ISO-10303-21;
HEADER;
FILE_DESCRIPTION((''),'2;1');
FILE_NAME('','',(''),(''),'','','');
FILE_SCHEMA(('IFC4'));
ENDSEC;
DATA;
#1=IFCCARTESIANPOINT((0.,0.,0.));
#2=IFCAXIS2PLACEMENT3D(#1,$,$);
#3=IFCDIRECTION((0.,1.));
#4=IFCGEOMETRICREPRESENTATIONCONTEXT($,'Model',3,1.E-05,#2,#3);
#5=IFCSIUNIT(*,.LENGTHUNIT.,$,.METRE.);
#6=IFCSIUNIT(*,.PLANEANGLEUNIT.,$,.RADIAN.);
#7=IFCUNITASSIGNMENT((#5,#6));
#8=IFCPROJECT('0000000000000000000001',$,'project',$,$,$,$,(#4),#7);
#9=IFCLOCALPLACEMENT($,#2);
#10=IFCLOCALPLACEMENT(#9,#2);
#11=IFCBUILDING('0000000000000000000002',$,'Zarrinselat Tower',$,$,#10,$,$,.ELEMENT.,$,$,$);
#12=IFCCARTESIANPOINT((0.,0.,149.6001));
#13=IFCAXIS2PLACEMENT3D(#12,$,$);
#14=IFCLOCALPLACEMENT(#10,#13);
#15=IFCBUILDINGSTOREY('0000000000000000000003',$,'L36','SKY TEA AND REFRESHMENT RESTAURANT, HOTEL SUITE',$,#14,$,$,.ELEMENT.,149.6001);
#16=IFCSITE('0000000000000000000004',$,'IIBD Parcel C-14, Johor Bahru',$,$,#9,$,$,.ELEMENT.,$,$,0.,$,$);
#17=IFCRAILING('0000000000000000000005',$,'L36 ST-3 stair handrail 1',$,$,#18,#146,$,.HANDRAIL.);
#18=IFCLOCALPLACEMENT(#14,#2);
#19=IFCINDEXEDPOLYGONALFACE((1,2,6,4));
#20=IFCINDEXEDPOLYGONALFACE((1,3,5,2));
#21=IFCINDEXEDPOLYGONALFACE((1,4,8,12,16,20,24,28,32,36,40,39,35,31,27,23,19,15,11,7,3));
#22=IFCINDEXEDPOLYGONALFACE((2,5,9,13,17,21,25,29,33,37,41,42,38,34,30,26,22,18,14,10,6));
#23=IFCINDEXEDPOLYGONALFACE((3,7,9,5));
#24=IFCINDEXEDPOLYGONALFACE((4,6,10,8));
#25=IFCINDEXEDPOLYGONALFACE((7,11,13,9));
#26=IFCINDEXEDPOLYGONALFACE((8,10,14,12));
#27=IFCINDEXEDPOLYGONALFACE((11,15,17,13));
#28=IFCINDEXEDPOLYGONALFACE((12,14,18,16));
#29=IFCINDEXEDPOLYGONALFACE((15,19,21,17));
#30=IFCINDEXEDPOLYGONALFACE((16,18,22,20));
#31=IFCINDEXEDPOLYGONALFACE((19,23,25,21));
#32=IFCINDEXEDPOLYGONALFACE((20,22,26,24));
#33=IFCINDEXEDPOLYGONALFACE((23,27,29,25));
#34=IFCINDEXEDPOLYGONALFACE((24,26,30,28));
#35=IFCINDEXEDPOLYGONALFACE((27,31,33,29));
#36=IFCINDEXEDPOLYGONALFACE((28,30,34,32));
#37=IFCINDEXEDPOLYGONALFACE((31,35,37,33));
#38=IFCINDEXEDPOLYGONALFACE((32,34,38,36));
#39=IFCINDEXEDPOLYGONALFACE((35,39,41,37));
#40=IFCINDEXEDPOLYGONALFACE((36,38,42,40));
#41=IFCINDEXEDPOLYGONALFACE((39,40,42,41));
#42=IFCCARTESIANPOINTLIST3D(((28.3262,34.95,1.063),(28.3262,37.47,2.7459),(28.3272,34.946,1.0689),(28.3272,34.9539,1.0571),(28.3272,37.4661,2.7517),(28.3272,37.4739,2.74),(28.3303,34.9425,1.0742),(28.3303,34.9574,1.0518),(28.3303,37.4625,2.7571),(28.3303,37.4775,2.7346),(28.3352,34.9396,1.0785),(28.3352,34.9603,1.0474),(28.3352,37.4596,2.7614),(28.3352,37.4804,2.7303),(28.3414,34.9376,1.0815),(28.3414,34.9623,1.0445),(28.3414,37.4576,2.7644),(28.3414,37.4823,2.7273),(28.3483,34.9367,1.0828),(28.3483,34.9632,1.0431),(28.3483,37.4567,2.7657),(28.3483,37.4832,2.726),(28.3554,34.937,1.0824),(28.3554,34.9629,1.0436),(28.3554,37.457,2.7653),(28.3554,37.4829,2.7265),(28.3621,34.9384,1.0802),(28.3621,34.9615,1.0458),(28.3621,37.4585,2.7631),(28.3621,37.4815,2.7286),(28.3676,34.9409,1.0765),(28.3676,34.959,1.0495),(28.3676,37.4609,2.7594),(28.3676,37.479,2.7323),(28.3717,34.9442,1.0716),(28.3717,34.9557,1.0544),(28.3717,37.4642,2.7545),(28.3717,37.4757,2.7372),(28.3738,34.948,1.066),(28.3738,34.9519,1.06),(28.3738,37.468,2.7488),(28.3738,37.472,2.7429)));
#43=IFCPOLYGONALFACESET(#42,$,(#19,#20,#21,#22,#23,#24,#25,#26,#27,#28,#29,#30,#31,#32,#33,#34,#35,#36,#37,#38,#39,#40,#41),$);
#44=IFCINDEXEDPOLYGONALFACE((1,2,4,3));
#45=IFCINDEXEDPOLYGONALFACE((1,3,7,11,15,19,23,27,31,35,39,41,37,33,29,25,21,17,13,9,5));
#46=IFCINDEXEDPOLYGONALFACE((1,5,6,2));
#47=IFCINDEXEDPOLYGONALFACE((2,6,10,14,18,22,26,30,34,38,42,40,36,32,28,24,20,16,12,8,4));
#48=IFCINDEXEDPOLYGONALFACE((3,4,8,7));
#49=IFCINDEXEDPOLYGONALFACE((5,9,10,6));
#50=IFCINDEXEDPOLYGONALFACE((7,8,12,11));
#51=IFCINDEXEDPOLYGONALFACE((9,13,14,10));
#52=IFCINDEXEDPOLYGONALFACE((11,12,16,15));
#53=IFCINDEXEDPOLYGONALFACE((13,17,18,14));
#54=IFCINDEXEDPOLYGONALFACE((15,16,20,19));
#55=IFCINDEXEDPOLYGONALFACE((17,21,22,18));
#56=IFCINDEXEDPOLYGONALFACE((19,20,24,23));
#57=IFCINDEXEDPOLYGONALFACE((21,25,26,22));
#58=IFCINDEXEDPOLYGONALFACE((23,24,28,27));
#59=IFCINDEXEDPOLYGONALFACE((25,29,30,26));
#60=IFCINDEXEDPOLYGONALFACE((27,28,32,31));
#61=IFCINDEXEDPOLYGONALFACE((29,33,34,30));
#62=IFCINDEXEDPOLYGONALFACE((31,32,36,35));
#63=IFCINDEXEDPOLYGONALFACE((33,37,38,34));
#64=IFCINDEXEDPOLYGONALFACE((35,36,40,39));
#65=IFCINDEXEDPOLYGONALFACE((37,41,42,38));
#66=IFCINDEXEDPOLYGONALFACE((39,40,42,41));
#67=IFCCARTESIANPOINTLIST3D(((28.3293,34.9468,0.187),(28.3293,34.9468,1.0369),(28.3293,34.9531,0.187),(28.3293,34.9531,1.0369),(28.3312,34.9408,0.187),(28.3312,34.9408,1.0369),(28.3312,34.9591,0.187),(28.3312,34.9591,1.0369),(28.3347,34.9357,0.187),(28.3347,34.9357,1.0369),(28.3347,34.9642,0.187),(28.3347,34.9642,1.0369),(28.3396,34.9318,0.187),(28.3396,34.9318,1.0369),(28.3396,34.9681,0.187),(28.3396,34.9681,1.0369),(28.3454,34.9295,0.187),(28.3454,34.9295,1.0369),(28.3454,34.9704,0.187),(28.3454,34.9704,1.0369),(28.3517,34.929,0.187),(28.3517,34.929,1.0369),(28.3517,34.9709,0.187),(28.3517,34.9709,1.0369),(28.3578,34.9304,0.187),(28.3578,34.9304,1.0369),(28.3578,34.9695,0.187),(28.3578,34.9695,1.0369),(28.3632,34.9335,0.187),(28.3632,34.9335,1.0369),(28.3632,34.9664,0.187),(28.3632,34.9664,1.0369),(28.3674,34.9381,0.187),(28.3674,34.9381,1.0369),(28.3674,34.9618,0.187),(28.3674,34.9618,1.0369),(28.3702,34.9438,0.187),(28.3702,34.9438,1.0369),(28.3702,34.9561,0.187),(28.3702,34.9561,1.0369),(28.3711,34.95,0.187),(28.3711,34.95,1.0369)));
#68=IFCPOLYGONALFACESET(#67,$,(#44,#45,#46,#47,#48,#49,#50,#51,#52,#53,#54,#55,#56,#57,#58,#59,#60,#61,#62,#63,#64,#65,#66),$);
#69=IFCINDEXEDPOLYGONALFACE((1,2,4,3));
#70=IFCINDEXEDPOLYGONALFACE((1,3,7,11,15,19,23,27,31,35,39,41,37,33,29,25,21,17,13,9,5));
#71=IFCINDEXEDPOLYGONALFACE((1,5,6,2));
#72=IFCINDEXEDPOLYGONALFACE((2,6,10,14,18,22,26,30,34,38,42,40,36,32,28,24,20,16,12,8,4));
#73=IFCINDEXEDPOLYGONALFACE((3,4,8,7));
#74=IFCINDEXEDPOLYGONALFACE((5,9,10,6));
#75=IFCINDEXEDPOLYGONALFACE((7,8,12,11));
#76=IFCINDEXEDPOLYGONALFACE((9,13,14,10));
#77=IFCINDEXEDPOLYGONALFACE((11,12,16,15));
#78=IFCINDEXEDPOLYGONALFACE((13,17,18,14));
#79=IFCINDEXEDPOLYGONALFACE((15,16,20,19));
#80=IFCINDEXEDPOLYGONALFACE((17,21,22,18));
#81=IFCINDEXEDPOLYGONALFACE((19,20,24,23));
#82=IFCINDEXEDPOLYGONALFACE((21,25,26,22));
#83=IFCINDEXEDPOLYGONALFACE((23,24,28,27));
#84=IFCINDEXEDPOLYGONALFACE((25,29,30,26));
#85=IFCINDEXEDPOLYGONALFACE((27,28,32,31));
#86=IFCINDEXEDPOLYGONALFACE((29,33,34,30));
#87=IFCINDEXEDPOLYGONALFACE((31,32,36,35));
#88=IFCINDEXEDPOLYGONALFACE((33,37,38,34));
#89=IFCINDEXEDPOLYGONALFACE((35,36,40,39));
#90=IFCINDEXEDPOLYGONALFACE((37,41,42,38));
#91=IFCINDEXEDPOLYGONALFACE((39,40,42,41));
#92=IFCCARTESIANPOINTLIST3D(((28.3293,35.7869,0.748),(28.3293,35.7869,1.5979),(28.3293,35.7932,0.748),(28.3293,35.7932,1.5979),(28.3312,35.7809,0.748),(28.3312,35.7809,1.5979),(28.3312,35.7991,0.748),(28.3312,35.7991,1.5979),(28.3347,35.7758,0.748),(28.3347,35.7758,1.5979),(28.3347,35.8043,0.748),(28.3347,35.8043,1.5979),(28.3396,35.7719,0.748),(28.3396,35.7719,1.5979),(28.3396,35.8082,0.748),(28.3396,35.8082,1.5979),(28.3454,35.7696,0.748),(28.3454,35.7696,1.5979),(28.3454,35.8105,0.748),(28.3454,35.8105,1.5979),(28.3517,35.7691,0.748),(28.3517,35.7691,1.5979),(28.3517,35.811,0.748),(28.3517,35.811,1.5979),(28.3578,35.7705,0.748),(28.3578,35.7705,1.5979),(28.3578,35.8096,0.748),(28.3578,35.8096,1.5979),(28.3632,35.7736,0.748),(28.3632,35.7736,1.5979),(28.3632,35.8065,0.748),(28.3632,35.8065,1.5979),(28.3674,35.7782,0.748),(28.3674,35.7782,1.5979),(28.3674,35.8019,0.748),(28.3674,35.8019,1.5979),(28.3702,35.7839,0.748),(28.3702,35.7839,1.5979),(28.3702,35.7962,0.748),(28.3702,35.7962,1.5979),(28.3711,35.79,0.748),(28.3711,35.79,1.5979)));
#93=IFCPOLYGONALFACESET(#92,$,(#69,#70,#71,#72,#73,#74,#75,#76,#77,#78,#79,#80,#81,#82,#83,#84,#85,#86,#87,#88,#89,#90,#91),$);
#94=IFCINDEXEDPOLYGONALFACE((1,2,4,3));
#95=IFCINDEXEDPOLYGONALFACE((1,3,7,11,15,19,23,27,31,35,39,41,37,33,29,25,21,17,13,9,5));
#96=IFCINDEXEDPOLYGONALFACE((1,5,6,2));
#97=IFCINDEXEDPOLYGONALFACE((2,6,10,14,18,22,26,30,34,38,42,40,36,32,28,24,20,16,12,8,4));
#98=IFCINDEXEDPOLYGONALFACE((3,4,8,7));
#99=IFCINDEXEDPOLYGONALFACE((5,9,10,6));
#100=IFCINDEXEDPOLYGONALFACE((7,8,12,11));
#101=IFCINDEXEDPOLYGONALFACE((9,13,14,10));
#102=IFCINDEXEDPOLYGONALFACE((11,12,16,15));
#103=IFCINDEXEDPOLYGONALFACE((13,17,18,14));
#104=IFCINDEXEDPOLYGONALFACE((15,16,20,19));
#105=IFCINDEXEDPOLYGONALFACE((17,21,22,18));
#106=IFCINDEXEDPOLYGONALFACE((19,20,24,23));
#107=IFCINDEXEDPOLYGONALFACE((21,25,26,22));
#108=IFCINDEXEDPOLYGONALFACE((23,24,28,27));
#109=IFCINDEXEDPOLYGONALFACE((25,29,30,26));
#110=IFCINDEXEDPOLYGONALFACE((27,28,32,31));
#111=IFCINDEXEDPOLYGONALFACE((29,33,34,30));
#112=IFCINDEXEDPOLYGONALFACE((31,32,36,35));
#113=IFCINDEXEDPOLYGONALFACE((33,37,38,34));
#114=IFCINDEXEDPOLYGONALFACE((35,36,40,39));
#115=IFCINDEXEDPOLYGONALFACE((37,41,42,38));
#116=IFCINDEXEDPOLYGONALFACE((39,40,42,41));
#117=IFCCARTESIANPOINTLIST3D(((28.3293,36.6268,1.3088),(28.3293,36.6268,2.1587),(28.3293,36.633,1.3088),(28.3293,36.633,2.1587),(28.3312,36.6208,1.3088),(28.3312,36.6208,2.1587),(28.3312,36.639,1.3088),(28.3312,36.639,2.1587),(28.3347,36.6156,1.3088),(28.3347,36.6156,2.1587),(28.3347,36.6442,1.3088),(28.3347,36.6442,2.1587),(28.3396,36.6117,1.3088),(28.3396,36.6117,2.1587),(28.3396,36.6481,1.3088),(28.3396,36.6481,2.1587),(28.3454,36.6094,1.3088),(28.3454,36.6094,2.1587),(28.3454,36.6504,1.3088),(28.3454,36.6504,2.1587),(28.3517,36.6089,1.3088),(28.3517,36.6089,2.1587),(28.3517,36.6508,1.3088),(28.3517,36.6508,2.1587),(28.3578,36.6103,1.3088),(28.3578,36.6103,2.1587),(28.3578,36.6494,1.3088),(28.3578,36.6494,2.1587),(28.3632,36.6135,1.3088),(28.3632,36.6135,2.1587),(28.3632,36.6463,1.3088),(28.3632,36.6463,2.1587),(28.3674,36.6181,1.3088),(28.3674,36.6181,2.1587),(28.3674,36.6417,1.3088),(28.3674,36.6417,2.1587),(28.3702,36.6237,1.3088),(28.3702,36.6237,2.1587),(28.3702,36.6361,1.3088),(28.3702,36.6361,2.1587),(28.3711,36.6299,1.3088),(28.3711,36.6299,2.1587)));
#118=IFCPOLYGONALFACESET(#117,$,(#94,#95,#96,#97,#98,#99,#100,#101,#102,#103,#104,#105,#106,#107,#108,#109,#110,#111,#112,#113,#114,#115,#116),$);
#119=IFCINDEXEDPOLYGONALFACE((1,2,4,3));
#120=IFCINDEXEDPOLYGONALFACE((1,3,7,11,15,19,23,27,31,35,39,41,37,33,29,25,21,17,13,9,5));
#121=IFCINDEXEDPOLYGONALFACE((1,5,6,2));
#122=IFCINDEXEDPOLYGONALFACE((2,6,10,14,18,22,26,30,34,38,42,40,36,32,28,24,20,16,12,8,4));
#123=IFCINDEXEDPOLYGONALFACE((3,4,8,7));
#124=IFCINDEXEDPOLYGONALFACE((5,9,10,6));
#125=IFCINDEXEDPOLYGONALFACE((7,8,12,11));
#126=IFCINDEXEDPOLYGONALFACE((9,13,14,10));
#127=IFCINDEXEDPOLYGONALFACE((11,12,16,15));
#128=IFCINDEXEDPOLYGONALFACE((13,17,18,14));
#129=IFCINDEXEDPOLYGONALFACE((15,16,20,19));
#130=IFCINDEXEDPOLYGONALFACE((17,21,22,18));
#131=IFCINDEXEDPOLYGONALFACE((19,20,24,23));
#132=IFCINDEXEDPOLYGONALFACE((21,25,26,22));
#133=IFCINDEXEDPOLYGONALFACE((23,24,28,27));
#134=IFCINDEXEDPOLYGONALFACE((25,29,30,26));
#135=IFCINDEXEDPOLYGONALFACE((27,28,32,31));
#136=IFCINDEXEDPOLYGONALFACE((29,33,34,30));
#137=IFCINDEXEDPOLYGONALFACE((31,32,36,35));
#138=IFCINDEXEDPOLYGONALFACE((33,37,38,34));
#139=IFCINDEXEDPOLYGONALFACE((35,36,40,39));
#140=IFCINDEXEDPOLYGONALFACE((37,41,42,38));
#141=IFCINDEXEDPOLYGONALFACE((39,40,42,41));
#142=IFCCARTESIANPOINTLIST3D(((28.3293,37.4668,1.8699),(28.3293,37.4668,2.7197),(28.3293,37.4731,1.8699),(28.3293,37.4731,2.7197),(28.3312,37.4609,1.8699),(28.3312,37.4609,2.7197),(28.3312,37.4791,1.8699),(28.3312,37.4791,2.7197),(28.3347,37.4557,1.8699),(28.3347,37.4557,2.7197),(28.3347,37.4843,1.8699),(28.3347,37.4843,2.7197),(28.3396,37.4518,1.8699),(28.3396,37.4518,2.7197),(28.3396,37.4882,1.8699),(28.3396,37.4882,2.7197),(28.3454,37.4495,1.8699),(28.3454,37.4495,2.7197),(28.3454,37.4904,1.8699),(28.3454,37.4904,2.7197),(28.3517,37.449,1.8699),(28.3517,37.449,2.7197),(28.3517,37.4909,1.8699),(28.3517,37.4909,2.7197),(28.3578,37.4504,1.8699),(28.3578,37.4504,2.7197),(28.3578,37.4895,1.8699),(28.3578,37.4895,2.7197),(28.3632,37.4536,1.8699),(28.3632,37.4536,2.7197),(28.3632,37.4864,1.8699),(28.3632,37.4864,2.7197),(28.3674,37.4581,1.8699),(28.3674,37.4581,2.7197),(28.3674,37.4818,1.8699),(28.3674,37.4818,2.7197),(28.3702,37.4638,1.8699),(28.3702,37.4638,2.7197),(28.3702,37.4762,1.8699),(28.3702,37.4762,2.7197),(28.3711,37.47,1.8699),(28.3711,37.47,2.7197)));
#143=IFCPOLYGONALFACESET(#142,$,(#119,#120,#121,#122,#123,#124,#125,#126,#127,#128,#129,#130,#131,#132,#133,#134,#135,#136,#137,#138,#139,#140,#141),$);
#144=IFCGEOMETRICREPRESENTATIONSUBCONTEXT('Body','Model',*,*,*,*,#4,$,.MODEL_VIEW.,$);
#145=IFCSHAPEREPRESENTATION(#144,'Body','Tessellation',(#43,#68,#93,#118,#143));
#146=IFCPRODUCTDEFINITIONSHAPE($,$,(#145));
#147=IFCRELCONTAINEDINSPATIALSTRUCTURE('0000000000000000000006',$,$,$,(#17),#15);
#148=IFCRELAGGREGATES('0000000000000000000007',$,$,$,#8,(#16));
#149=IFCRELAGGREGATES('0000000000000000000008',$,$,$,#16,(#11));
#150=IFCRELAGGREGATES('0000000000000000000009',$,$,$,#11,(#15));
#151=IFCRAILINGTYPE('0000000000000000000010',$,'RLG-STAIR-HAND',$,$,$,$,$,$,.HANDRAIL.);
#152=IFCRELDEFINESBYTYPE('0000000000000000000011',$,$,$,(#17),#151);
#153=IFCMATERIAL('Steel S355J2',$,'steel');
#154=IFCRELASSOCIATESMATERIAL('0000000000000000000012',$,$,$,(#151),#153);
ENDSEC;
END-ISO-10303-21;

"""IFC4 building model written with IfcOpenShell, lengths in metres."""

from ifc_helpers import new_model, si_unit, direction, frame, origin, origin_2d, place, context, subcontext, project, spatial, circle, extrude, material, type_object, element, save


model = new_model("IFC4")

# Units and contexts
model_context = context("Model", 3, precision=1e-05, world=origin(), true_north=direction((0.0, 1.0)))
body_context = subcontext(model_context, "Body", "Model", "MODEL_VIEW")
ifc_project = project(units=[si_unit("LENGTHUNIT", "METRE"), si_unit("PLANEANGLEUNIT", "RADIAN")], contexts=[model_context])

# Site, building, storey
site_placement = place(None, origin())
site = spatial("IfcSite", under=ifc_project, at=site_placement, Name="IIBD Parcel C-14, Johor Bahru", CompositionType="ELEMENT", RefElevation=0.0)
building_placement = place(site_placement, origin())
building = spatial("IfcBuilding", under=site, at=building_placement, Name="Zarrinselat Tower", CompositionType="ELEMENT")
storey_placement = place(building_placement, frame((0.0, 0.0, 149.6001)))
storey = spatial("IfcBuildingStorey", under=building, at=storey_placement, Name="L36", Description="SKY TEA AND REFRESHMENT RESTAURANT, HOTEL SUITE", CompositionType="ELEMENT", Elevation=149.6001)

# Railing
ifc_material_1 = material(Name="Steel S355J2", Category="steel")
railing_type_1 = type_object("IfcRailingType", Name="RLG-STAIR-HAND", PredefinedType="HANDRAIL", material=ifc_material_1)
railing_1_placement = place(storey_placement, frame((28.3501, 34.95, 0.187)))
element("IfcRailing", 1, at=railing_1_placement, inside=storey, type_object=railing_type_1, Name="L36 ST-3 stair handrail 1", PredefinedType="HANDRAIL", context=body_context, shape_type="SweptSolid", body=[
    extrude(circle(Radius=0.0239, at=origin_2d()), frame((0.0, 0.0, 0.876), z_axis=(0.0, 0.831616, 0.555351), x_axis=(-1.0, 0.0, 0.0)), (0.0, 0.0, 1.0), 3.0303),
    extrude(circle(Radius=0.021, at=origin_2d()), origin(), (0.0, 0.0, 1.0), 0.8499),
    extrude(circle(Radius=0.021, at=origin_2d()), frame((0.0, 0.8401, 0.561)), (0.0, 0.0, 1.0), 0.8499),
    extrude(circle(Radius=0.021, at=origin_2d()), frame((0.0, 1.6799, 1.1218)), (0.0, 0.0, 1.0), 0.8499),
    extrude(circle(Radius=0.021, at=origin_2d()), frame((0.0, 2.52, 1.6829)), (0.0, 0.0, 1.0), 0.8499),
])

save(model, "model.ifc")
